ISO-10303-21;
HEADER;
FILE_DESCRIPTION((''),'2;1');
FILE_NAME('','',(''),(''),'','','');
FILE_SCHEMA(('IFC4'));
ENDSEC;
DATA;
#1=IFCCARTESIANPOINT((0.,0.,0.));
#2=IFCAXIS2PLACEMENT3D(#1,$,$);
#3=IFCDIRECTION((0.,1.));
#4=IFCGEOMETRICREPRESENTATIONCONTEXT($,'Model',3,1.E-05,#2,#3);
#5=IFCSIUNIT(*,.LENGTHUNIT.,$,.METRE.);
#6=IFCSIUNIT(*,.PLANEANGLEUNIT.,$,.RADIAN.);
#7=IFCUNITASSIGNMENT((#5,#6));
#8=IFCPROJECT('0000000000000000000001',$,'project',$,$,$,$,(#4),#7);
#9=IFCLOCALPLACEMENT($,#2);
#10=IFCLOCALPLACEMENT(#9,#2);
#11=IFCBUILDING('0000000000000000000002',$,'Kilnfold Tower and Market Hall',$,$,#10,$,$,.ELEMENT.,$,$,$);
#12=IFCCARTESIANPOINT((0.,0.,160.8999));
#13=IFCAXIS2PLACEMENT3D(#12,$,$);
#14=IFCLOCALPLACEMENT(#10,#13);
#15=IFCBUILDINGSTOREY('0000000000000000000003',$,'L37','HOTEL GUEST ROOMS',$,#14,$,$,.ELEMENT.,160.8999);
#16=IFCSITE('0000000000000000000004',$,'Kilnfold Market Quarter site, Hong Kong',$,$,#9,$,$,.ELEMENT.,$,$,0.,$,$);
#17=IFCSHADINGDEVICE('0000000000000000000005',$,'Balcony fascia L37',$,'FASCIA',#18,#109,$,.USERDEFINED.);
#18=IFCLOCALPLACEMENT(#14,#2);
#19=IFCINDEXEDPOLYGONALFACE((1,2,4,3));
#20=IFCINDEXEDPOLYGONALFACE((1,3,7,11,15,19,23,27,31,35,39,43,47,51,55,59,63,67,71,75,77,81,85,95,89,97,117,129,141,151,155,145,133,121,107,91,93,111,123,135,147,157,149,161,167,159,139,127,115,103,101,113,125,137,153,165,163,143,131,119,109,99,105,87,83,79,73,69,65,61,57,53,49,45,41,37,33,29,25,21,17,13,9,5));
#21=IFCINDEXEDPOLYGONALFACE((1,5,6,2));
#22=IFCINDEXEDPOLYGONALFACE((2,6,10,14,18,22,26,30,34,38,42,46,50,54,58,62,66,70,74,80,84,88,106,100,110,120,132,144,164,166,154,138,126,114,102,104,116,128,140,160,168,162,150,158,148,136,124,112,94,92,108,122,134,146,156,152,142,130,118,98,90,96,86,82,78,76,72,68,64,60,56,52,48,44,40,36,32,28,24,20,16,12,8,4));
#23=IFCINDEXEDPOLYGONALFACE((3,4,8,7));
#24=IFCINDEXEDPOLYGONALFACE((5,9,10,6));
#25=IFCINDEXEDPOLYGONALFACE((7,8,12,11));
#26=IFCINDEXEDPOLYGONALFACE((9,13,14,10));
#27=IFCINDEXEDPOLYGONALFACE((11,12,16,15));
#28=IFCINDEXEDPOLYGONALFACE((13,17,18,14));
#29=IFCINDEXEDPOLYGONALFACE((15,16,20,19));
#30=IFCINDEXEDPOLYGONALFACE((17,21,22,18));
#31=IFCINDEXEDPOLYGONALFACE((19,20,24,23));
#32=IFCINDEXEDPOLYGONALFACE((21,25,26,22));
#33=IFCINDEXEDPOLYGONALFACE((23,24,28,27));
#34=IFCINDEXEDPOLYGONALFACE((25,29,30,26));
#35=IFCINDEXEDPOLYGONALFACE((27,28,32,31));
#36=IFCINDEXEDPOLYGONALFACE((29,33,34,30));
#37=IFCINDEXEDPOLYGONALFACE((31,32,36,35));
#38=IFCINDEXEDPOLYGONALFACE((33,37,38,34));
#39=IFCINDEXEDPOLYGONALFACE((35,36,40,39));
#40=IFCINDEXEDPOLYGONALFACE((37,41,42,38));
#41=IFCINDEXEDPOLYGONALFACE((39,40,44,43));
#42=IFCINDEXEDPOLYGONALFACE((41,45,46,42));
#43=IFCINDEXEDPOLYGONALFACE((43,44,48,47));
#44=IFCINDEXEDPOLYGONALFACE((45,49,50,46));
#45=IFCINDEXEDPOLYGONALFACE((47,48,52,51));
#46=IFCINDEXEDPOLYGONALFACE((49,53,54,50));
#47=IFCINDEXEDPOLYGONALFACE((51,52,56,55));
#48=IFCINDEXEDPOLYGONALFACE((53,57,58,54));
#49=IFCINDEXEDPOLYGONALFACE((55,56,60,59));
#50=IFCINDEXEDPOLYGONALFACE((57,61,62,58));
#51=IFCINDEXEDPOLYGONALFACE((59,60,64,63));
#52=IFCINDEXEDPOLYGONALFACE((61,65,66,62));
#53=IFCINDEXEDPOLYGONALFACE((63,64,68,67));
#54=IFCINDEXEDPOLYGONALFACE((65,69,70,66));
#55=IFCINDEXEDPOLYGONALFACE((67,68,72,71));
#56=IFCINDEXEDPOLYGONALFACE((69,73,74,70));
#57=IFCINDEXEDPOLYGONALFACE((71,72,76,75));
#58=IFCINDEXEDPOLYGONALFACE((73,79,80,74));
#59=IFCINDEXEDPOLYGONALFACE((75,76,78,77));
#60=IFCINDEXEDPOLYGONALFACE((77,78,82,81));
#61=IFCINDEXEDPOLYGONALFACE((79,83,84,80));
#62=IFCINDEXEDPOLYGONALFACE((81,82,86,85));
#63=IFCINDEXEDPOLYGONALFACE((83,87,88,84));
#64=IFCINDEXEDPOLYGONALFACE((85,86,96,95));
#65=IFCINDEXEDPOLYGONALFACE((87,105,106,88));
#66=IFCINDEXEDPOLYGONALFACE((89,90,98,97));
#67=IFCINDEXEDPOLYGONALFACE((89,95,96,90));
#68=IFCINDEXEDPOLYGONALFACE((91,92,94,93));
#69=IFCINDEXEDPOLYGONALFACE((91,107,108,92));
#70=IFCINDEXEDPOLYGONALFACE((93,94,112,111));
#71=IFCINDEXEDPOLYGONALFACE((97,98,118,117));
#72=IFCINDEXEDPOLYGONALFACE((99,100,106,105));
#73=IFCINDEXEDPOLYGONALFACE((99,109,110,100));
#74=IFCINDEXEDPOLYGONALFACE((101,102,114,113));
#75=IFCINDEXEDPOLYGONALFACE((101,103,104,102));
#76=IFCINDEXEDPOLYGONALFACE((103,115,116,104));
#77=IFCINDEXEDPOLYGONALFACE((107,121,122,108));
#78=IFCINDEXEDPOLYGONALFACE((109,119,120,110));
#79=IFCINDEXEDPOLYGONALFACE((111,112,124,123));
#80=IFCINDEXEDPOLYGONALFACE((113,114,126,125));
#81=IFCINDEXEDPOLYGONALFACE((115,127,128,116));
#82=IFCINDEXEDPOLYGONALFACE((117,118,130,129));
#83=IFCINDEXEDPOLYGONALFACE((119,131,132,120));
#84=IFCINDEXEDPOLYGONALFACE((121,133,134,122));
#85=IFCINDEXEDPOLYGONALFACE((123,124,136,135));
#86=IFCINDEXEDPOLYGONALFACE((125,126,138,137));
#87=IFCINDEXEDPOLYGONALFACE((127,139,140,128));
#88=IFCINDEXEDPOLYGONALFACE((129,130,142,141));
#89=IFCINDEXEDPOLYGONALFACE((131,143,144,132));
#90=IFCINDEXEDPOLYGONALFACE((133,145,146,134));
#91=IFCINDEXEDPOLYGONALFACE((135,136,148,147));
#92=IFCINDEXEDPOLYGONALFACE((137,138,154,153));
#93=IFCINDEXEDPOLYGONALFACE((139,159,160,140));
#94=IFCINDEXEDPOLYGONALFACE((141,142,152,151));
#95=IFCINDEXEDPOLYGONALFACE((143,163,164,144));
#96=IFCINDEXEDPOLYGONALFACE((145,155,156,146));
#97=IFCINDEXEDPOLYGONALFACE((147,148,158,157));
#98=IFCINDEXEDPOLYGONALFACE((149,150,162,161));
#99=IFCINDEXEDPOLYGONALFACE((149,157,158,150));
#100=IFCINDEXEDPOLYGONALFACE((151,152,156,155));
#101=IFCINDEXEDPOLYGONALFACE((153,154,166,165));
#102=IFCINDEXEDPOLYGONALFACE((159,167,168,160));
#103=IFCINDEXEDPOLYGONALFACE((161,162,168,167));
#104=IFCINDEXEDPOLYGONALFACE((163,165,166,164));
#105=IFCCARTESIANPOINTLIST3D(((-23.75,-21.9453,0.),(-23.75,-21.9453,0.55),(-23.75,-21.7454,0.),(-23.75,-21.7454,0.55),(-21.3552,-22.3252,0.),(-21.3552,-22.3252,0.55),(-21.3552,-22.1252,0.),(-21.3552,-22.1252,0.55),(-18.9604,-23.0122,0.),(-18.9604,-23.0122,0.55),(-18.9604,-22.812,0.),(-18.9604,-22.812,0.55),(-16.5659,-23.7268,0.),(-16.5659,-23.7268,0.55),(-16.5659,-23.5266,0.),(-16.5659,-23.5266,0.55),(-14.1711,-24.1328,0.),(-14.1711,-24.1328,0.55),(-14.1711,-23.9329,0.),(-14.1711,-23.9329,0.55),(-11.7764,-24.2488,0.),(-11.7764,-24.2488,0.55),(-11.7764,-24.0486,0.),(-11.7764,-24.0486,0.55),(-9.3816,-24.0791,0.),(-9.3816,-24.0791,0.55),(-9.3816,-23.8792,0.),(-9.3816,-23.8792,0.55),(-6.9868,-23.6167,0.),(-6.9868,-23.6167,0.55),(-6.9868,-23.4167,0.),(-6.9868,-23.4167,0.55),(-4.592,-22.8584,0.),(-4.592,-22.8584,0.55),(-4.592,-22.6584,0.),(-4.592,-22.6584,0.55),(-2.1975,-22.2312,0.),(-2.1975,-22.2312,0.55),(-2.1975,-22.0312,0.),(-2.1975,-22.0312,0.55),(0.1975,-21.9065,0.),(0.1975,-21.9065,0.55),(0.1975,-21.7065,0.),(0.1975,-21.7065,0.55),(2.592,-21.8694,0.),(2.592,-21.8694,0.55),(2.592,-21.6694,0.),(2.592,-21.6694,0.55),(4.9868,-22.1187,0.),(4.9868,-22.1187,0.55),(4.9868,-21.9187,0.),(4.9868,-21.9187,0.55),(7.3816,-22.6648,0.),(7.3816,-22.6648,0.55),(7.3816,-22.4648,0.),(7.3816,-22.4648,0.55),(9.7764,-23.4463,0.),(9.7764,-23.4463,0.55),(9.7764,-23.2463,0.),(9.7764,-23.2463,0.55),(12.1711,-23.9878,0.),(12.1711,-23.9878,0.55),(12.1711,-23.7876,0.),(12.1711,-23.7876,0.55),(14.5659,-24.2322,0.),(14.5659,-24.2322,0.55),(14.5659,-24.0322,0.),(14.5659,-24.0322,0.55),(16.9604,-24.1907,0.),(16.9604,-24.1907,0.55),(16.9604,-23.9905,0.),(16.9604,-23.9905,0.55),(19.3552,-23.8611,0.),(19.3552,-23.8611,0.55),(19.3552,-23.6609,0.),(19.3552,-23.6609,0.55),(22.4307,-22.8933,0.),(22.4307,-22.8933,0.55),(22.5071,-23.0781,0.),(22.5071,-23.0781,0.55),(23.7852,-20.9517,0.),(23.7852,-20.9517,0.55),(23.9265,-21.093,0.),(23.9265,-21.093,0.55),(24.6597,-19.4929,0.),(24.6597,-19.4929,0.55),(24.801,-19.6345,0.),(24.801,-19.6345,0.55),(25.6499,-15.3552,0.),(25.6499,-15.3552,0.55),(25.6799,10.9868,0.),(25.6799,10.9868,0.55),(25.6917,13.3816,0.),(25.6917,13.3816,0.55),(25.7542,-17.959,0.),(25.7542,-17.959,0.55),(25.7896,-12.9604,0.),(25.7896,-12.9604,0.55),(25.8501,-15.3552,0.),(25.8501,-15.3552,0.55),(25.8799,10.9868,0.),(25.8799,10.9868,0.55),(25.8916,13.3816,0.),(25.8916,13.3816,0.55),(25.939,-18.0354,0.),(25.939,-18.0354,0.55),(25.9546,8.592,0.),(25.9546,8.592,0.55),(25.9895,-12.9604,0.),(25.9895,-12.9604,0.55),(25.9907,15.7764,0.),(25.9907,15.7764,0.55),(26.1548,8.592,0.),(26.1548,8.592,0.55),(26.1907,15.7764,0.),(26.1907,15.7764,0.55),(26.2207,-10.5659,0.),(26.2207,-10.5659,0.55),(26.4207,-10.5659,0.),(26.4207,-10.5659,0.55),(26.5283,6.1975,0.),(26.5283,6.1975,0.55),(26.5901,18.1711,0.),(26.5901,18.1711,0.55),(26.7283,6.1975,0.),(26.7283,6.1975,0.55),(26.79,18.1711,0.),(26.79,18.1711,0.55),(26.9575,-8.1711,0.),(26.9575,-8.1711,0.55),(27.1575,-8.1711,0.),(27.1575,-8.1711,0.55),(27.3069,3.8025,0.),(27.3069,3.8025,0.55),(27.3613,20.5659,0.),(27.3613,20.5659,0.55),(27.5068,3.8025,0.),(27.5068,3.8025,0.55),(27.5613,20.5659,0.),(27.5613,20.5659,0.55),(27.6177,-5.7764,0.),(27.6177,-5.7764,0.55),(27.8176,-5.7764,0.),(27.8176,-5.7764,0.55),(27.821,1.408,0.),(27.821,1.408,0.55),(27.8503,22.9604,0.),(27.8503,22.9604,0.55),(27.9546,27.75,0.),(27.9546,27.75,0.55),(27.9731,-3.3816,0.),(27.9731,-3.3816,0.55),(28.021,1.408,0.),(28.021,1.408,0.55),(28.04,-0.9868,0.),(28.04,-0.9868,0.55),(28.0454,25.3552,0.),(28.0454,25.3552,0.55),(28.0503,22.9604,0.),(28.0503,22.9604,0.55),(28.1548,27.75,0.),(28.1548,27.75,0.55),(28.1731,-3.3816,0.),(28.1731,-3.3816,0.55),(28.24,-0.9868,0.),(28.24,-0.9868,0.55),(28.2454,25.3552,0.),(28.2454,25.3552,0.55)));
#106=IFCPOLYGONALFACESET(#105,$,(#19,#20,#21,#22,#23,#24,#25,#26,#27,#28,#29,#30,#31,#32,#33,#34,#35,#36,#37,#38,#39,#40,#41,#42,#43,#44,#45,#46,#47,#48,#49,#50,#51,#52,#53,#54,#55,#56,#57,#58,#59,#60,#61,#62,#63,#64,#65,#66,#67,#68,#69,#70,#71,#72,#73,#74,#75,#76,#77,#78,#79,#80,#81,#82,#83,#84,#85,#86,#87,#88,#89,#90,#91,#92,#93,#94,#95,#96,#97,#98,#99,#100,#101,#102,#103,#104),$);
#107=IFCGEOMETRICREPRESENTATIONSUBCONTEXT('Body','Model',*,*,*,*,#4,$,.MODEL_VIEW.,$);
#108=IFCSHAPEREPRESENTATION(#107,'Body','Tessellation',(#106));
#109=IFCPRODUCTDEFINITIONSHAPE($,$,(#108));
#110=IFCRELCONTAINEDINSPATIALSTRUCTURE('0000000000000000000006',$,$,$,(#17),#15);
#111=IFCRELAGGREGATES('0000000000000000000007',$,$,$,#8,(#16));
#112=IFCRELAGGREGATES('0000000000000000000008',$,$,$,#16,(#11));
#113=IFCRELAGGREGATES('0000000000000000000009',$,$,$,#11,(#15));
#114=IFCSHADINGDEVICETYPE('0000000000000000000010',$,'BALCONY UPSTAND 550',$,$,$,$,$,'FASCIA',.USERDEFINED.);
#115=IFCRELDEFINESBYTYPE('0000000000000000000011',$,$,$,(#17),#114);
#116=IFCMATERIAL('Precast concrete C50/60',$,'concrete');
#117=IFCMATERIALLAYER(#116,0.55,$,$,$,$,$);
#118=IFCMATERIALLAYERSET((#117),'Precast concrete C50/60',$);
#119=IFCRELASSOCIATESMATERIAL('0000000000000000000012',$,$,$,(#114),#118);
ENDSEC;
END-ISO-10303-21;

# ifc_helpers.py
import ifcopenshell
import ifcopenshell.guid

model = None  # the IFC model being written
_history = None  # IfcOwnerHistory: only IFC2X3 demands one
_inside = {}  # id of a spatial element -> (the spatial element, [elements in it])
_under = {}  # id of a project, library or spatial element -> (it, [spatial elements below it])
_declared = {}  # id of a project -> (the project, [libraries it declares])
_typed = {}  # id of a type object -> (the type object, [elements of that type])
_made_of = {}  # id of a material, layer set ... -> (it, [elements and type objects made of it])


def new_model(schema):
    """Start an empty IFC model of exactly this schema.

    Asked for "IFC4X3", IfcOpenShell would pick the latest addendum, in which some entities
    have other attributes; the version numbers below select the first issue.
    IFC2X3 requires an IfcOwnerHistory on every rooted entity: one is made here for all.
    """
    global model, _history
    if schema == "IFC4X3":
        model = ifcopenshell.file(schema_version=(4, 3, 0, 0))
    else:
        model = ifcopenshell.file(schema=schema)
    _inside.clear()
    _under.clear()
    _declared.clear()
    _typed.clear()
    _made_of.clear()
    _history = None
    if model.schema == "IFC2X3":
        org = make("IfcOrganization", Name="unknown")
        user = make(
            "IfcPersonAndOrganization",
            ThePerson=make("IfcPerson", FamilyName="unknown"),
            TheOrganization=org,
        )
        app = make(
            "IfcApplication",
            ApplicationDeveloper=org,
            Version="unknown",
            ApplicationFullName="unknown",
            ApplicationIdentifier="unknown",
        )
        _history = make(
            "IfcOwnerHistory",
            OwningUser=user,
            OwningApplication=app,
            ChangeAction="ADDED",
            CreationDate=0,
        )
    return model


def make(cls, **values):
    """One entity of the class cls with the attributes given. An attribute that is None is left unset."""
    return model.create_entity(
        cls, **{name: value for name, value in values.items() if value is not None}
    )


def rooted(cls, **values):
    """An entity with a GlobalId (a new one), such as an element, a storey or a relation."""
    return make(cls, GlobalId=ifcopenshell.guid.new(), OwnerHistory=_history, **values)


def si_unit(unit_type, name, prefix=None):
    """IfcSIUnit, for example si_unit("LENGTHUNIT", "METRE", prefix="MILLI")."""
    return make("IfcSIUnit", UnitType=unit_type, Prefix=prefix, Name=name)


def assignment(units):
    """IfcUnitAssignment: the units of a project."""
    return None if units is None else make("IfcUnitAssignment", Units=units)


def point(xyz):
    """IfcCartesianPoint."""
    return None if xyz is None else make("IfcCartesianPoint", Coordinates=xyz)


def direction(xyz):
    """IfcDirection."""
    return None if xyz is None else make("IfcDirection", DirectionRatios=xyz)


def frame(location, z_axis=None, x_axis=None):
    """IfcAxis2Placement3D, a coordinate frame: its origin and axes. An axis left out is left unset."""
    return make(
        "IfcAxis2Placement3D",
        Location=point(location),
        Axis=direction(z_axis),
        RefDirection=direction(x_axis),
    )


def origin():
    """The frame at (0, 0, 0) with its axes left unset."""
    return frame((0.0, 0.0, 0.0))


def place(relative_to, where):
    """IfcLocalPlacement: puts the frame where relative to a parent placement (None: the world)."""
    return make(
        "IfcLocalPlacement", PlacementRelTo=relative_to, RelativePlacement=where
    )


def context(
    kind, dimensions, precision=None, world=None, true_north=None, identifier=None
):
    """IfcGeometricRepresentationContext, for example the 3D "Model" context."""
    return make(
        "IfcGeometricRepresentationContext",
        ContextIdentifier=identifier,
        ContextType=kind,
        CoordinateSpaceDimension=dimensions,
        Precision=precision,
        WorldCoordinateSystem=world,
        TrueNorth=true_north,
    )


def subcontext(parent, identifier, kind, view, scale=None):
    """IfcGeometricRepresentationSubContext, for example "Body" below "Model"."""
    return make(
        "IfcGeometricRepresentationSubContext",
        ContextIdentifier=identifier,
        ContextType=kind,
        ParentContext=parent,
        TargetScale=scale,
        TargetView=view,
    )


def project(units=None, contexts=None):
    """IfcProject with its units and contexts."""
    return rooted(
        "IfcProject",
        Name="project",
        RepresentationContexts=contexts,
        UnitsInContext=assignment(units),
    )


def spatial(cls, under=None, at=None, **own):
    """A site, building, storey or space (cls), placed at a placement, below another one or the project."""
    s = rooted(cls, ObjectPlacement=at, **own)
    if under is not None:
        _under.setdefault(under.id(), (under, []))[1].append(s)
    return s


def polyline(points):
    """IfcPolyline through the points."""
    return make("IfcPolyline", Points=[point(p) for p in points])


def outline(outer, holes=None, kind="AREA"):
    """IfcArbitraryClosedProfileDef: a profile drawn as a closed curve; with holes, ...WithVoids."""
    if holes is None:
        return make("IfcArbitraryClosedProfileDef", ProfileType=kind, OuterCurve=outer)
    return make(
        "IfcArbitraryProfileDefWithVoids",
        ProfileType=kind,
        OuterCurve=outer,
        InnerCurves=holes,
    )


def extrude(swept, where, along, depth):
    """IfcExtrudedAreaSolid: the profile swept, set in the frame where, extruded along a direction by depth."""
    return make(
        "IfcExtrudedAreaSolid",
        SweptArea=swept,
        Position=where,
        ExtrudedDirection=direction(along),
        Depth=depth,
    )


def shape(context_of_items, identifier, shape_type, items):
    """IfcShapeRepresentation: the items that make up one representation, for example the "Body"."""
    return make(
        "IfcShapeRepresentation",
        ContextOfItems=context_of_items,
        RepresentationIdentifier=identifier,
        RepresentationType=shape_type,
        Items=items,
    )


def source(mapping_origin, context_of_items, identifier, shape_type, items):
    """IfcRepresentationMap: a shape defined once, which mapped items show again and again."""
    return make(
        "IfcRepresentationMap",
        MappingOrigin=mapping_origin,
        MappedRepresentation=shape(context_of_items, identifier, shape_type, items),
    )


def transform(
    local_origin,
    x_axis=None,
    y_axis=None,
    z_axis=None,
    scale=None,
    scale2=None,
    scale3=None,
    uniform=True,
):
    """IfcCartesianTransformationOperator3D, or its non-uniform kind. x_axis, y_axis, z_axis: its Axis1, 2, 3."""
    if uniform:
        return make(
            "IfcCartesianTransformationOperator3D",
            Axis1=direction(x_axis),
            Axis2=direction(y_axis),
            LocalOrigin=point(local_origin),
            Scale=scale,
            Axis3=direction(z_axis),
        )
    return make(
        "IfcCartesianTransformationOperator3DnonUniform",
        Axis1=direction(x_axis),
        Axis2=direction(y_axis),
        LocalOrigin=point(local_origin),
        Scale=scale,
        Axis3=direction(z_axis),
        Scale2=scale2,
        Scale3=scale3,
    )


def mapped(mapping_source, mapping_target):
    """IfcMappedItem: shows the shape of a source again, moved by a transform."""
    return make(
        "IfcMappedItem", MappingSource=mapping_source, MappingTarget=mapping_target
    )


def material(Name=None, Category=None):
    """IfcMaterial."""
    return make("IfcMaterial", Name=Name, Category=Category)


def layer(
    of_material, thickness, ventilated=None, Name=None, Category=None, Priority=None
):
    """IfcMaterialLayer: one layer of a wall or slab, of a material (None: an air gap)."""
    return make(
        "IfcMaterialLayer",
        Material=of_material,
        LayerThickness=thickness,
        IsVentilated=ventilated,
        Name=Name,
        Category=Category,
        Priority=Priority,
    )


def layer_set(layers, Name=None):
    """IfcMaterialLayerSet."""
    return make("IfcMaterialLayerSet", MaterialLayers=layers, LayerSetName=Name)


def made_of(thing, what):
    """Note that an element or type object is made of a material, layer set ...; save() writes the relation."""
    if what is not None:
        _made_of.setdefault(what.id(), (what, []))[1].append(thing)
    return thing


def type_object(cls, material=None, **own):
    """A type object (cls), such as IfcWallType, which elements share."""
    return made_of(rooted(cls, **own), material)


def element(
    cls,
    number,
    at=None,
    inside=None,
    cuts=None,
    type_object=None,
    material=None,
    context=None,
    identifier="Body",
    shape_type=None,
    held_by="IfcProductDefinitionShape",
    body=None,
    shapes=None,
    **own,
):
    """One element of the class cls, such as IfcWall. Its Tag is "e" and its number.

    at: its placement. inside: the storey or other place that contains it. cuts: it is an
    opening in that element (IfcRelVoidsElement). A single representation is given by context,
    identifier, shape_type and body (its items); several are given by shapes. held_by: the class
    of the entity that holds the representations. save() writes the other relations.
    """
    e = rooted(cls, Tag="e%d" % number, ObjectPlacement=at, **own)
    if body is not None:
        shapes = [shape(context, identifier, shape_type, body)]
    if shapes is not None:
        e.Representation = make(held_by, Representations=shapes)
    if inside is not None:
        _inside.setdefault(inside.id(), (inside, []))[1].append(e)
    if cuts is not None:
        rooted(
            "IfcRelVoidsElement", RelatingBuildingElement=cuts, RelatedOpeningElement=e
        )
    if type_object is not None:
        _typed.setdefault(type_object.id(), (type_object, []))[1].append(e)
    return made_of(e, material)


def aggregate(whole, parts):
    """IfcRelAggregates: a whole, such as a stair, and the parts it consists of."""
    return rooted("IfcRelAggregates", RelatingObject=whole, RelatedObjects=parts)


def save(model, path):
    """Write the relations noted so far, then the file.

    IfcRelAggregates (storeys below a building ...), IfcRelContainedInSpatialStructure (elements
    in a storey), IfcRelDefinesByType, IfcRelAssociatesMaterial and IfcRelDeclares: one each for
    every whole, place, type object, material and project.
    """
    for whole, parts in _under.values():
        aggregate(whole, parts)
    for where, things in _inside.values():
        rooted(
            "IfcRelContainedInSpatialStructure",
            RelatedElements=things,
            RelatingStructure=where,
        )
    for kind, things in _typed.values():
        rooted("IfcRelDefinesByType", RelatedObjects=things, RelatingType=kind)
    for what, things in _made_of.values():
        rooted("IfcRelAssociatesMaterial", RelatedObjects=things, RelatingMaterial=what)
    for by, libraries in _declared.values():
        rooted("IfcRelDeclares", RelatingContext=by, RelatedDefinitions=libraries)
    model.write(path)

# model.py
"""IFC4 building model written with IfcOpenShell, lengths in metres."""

from ifc_helpers import new_model, si_unit, direction, frame, origin, place, context, subcontext, project, spatial, polyline, outline, extrude, source, transform, mapped, material, layer, layer_set, type_object, element, save


model = new_model("IFC4")

# Units and contexts
model_context = context("Model", 3, precision=1e-05, world=origin(), true_north=direction((0.0, 1.0)))
body_context = subcontext(model_context, "Body", "Model", "MODEL_VIEW")
ifc_project = project(units=[si_unit("LENGTHUNIT", "METRE"), si_unit("PLANEANGLEUNIT", "RADIAN")], contexts=[model_context])

# Site, building, storey
site_placement = place(None, origin())
site = spatial("IfcSite", under=ifc_project, at=site_placement, Name="Kilnfold Market Quarter site, Hong Kong", CompositionType="ELEMENT", RefElevation=0.0)
building_placement = place(site_placement, origin())
building = spatial("IfcBuilding", under=site, at=building_placement, Name="Kilnfold Tower and Market Hall", CompositionType="ELEMENT")
storey_placement = place(building_placement, frame((0.0, 0.0, 160.8999)))
storey = spatial("IfcBuildingStorey", under=building, at=storey_placement, Name="L37", Description="HOTEL GUEST ROOMS", CompositionType="ELEMENT", Elevation=160.8999)

# Shading device
ifc_material_1 = material(Name="Precast concrete C50/60", Category="concrete")
ifc_layer_1 = layer(ifc_material_1, 0.55)
ifc_layer_set_1 = layer_set([ifc_layer_1], Name="Precast concrete C50/60")
shading_device_type_1 = type_object("IfcShadingDeviceType", Name="BALCONY UPSTAND 550", ElementType="FASCIA", PredefinedType="USERDEFINED", material=ifc_layer_set_1)
shared_shape_1 = source(origin(), body_context, "Body", "SweptSolid", [
    extrude(outline(polyline([(-23.75, -21.9453), (-21.3552, -22.3252), (-18.9604, -23.0122), (-16.5659, -23.7268), (-14.1711, -24.1328), (-11.7764, -24.2488), (-9.3816, -24.0791), (-6.9868, -23.6167), (-4.592, -22.8584), (-2.1975, -22.2312), (0.1975, -21.9065), (2.592, -21.8694), (4.9868, -22.1187), (7.3816, -22.6648), (9.7764, -23.4463), (12.1711, -23.9878), (14.5659, -24.2322), (16.9604, -24.1907), (19.3552, -23.8611), (22.5071, -23.0781), (23.9265, -21.093), (24.801, -19.6345), (25.939, -18.0354), (25.8501, -15.3552), (25.9895, -12.9604), (26.4207, -10.5659), (27.1575, -8.1711), (27.8176, -5.7764), (28.1731, -3.3816), (28.24, -0.9868), (28.021, 1.408), (27.5068, 3.8025), (26.7283, 6.1975), (26.1548, 8.592), (25.8799, 10.9868), (25.8916, 13.3816), (26.1907, 15.7764), (26.79, 18.1711), (27.5613, 20.5659), (28.0503, 22.9604), (28.2454, 25.3552), (28.1548, 27.75), (27.9546, 27.75), (28.0454, 25.3552), (27.8503, 22.9604), (27.3613, 20.5659), (26.5901, 18.1711), (25.9907, 15.7764), (25.6917, 13.3816), (25.6799, 10.9868), (25.9546, 8.592), (26.5283, 6.1975), (27.3069, 3.8025), (27.821, 1.408), (28.04, -0.9868), (27.9731, -3.3816), (27.6177, -5.7764), (26.9575, -8.1711), (26.2207, -10.5659), (25.7896, -12.9604), (25.6499, -15.3552), (25.7542, -17.959), (24.6597, -19.4929), (23.7852, -20.9517), (22.4307, -22.8933), (19.3552, -23.6609), (16.9604, -23.9905), (14.5659, -24.0322), (12.1711, -23.7876), (9.7764, -23.2463), (7.3816, -22.4648), (4.9868, -21.9187), (2.592, -21.6694), (0.1975, -21.7065), (-2.1975, -22.0312), (-4.592, -22.6584), (-6.9868, -23.4167), (-9.3816, -23.8792), (-11.7764, -24.0486), (-14.1711, -23.9329), (-16.5659, -23.5266), (-18.9604, -22.812), (-21.3552, -22.1252), (-23.75, -21.7454), (-23.75, -21.9453)])), origin(), (0.0, 0.0, 1.0), 0.55),
])
shading_device_1_placement = place(storey_placement, origin())
element("IfcShadingDevice", 1, at=shading_device_1_placement, inside=storey, type_object=shading_device_type_1, Name="Balcony fascia L37", ObjectType="FASCIA", PredefinedType="USERDEFINED", context=body_context, shape_type="MappedRepresentation", body=[
    mapped(shared_shape_1, transform((0.0, 0.0, 0.0))),
])

save(model, "model.ifc")
